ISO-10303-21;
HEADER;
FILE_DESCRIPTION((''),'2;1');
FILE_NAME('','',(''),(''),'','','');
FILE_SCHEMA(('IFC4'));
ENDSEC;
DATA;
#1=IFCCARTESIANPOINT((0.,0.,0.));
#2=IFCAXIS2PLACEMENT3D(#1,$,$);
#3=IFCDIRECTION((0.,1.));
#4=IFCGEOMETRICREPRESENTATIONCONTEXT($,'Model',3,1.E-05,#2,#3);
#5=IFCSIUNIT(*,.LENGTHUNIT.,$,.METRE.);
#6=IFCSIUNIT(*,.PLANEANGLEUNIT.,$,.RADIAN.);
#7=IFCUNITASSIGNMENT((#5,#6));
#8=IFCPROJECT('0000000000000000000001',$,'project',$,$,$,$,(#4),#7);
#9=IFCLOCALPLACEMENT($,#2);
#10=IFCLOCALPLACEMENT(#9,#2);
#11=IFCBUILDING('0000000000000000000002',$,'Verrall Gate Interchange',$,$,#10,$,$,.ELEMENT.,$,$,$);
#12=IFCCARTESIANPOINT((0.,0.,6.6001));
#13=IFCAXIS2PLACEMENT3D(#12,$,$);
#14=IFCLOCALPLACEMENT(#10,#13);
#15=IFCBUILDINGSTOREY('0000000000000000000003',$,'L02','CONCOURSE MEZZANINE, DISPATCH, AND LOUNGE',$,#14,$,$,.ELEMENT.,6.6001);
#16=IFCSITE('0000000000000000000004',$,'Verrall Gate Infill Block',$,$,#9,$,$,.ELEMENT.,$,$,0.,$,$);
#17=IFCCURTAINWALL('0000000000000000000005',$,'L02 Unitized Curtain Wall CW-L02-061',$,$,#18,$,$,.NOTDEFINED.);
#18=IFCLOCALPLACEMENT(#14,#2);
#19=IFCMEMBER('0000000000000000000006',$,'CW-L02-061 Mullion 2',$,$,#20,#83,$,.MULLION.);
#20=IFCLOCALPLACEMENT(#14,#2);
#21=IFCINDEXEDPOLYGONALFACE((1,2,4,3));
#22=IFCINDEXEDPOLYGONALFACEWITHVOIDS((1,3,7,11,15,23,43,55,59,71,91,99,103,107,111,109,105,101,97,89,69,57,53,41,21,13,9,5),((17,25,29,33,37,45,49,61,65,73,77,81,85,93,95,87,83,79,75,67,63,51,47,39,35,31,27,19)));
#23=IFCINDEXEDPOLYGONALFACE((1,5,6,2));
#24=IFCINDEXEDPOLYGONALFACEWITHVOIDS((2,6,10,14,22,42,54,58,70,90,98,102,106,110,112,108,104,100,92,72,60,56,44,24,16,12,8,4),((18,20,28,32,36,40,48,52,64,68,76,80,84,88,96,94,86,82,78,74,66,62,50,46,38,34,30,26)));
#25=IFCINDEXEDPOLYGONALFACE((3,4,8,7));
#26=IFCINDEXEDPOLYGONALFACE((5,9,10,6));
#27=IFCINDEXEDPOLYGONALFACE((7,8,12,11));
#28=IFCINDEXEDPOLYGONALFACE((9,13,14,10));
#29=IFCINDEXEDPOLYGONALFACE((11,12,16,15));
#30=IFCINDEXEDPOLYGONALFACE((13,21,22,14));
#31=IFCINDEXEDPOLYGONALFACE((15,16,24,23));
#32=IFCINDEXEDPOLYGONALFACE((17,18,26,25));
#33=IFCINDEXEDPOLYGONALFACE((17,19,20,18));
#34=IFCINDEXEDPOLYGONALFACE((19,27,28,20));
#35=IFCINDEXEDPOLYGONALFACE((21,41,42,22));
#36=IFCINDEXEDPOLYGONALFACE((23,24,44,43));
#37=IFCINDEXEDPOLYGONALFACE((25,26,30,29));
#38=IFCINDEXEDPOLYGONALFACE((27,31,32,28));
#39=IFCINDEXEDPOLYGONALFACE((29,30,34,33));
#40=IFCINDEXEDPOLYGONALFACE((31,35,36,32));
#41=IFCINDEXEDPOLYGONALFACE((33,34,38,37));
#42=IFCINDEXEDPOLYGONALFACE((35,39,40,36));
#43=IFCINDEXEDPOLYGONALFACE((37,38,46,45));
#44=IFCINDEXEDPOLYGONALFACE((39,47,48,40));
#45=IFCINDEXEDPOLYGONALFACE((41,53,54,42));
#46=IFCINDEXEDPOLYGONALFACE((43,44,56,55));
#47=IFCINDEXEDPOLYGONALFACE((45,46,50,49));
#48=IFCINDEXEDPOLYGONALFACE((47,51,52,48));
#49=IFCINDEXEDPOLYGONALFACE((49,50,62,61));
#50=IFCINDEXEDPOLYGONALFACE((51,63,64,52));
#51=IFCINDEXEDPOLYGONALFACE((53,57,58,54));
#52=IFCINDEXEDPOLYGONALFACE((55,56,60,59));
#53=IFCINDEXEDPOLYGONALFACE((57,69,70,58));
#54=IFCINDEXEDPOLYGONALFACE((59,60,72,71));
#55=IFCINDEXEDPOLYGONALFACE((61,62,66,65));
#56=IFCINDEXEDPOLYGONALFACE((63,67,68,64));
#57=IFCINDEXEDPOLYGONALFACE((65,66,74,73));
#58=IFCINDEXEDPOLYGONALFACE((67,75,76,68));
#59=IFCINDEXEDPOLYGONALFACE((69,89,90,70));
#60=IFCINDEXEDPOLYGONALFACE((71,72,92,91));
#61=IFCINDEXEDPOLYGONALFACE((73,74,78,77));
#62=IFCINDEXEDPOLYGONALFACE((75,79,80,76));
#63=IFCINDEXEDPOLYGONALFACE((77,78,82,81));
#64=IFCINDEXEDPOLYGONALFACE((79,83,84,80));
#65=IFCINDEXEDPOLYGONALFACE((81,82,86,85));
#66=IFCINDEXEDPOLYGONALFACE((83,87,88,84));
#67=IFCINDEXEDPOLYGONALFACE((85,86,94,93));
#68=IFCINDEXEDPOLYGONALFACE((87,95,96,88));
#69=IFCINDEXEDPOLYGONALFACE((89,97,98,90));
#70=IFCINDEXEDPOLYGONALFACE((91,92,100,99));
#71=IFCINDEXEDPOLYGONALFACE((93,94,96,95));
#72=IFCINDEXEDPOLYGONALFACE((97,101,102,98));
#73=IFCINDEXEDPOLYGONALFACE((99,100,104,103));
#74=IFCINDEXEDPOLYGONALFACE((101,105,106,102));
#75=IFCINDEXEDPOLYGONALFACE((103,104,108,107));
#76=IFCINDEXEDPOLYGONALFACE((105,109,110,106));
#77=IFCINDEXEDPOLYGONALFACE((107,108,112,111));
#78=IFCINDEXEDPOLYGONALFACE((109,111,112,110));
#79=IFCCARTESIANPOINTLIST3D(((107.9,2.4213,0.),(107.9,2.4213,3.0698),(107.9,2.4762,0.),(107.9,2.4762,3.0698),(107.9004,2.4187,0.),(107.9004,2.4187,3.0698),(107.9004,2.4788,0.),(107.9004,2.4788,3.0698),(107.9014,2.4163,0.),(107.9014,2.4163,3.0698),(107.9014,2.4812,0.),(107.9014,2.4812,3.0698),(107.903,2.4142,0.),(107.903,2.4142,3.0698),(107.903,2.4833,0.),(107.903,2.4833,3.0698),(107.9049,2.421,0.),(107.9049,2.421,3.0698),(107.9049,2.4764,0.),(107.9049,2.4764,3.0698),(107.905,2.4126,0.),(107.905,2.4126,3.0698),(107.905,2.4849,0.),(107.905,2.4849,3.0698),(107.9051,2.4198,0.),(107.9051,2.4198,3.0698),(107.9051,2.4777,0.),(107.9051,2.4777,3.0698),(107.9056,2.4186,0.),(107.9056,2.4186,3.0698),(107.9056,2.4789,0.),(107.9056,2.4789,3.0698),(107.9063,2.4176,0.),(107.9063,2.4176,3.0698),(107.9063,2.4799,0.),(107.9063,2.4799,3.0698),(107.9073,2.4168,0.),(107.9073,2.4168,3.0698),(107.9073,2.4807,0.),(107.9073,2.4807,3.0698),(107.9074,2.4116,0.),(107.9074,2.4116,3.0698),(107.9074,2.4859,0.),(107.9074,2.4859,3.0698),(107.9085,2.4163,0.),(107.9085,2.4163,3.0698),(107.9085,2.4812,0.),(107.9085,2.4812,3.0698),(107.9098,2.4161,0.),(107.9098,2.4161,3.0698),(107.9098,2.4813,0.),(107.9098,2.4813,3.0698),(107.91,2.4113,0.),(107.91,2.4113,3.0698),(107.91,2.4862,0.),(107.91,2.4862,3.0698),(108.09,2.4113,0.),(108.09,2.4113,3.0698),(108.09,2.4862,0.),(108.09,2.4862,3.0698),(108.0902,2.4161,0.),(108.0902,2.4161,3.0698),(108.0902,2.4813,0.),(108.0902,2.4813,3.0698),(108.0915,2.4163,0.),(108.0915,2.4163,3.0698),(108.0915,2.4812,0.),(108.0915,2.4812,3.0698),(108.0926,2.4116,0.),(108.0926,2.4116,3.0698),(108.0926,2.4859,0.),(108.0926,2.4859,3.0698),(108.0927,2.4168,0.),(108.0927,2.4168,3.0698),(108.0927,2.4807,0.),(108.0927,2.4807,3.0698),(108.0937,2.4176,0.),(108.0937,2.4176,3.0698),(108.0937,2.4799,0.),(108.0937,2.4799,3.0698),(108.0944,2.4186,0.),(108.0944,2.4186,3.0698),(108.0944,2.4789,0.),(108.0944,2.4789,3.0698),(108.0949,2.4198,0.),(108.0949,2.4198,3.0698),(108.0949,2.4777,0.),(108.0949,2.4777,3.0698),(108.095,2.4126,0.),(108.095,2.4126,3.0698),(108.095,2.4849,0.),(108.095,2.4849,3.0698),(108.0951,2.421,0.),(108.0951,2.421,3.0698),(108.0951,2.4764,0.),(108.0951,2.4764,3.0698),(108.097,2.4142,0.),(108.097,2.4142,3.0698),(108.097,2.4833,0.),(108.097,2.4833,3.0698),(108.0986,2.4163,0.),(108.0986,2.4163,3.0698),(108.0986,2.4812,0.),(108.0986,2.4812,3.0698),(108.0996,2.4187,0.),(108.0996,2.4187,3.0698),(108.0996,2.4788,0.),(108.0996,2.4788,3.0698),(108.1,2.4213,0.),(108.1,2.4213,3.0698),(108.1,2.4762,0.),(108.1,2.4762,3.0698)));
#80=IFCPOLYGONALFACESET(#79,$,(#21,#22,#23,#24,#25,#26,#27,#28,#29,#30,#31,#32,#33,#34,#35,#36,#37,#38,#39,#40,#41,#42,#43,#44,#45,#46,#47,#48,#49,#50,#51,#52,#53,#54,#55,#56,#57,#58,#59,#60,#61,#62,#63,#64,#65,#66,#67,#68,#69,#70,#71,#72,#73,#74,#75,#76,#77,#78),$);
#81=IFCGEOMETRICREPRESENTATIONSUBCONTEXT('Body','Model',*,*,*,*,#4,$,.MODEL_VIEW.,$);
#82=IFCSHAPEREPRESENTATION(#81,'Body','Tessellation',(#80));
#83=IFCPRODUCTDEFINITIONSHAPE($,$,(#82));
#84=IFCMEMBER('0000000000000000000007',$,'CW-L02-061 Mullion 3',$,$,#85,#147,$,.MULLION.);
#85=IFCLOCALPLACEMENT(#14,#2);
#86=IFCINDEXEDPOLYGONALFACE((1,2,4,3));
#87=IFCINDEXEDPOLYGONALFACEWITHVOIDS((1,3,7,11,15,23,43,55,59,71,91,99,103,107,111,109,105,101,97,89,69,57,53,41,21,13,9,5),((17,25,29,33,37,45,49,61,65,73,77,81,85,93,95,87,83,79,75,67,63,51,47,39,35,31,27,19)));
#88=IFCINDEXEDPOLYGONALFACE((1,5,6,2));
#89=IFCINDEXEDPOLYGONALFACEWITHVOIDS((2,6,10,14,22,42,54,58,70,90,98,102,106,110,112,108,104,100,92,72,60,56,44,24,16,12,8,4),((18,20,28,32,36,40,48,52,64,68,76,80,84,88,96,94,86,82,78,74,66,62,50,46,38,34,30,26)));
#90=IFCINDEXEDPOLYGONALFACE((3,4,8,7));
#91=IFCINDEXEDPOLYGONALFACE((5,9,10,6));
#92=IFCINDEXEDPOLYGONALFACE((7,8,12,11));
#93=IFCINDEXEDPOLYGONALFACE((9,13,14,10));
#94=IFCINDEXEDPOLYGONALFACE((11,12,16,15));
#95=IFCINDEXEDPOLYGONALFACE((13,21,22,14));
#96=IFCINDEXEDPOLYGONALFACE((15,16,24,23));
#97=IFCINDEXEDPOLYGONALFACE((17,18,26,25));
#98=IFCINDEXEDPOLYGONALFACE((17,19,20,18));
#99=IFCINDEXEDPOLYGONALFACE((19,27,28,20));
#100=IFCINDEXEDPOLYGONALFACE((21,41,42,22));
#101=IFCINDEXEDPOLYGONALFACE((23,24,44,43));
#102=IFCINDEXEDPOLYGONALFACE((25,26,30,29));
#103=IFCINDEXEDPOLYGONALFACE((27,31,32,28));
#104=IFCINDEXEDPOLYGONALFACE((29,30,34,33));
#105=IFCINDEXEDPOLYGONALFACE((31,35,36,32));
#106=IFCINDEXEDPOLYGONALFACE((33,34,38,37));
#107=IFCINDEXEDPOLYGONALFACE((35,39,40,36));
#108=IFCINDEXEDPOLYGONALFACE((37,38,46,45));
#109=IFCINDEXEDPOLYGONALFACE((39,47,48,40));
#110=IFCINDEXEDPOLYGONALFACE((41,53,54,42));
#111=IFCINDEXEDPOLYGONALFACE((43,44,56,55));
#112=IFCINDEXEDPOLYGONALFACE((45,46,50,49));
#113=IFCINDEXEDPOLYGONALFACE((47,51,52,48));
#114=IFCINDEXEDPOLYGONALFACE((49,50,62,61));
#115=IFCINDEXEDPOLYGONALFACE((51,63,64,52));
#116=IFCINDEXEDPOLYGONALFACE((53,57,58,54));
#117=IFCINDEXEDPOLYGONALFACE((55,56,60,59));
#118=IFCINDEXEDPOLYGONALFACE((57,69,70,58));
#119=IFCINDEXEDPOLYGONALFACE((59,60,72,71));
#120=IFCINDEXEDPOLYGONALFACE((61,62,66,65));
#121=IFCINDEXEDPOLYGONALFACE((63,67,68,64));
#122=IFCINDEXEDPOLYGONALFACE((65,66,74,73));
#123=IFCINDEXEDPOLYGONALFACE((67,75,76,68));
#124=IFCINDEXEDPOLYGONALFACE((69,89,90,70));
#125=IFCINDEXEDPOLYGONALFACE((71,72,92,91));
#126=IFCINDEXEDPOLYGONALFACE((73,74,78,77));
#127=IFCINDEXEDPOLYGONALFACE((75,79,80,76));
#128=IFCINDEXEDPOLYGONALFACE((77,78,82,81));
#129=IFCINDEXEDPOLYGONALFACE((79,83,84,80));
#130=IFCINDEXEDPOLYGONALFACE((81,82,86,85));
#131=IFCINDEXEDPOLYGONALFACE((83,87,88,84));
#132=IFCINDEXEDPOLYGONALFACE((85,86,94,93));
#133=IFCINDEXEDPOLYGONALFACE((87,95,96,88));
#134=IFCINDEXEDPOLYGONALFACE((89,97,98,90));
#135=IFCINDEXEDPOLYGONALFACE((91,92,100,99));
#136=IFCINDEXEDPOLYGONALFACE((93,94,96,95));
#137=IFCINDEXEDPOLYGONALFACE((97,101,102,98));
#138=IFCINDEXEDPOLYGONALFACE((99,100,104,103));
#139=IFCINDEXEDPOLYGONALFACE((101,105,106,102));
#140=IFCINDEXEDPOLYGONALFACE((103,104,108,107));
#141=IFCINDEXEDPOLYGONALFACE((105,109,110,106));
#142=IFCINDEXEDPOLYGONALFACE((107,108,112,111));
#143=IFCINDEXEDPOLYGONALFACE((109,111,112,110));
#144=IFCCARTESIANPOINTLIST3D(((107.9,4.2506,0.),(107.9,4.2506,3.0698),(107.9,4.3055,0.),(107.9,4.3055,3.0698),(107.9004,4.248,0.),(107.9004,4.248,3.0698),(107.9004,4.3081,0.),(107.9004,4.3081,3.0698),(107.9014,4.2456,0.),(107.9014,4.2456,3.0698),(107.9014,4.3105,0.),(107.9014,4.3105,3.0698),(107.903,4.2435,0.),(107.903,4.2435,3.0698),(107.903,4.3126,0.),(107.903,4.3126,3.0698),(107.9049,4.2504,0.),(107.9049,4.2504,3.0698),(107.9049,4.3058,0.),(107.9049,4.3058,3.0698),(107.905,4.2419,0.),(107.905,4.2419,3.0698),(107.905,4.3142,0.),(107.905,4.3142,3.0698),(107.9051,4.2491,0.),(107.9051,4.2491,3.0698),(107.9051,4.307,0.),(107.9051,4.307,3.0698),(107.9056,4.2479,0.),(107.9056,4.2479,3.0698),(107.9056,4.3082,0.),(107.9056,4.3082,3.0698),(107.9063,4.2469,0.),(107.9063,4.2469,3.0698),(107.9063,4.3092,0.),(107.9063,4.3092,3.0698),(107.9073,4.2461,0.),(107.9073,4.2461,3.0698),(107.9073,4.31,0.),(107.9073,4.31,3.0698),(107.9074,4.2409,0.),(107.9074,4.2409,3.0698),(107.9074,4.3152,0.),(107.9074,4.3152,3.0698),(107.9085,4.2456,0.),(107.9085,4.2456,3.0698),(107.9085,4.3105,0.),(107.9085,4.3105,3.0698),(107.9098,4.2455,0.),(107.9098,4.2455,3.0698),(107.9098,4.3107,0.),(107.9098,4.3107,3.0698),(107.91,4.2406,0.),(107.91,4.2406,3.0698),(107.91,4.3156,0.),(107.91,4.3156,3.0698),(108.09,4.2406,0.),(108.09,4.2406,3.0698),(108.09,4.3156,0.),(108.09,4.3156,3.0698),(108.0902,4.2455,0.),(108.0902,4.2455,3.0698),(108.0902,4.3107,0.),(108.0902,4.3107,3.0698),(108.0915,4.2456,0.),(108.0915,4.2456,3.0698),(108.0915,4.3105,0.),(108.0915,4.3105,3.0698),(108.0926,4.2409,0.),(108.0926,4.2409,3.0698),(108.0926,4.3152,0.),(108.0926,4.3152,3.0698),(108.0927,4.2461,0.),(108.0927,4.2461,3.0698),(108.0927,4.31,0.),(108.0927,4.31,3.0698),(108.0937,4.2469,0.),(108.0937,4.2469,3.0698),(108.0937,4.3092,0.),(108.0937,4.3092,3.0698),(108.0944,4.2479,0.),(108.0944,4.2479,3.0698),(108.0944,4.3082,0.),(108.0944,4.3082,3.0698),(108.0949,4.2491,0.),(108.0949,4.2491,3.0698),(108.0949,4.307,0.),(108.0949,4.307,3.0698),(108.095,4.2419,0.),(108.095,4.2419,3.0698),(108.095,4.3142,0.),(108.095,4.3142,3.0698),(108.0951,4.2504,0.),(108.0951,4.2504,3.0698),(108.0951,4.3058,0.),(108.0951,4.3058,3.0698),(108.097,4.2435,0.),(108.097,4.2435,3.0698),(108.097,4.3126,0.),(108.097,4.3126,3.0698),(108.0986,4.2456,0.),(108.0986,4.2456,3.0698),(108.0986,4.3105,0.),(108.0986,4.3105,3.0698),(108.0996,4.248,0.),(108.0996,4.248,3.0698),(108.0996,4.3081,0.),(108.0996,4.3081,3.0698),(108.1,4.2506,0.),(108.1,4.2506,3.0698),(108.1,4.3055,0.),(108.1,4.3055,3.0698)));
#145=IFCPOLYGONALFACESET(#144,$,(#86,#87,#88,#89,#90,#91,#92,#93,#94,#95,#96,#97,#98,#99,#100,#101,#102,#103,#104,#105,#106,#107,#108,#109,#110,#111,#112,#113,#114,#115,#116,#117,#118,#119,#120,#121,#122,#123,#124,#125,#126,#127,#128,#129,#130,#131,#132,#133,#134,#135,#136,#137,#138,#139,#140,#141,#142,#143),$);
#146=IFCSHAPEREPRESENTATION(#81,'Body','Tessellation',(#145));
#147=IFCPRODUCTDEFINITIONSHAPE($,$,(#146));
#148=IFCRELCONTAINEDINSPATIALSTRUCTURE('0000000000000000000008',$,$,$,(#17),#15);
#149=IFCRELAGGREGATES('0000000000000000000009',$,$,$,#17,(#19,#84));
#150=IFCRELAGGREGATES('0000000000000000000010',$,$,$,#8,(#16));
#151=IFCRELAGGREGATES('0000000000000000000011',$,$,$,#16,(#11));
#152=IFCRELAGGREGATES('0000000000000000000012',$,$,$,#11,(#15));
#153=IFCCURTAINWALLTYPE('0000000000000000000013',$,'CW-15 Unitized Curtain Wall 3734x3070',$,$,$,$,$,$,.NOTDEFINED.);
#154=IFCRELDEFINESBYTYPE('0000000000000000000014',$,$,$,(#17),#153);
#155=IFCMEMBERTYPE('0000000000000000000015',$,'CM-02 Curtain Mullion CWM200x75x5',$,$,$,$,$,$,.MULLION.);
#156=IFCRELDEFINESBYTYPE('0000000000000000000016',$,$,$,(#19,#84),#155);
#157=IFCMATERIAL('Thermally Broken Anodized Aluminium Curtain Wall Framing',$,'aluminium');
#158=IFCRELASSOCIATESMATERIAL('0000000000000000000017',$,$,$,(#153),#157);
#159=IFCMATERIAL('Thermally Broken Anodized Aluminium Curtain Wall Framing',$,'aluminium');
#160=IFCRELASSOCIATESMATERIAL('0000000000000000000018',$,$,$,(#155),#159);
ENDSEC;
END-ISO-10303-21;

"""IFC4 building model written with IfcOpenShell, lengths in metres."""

from ifc_helpers import new_model, si_unit, direction, frame, origin, origin_2d, place, context, subcontext, project, spatial, hollow_rectangle, extrude, material, material_profile, profile_set, type_object, element, aggregate, save


model = new_model("IFC4")

# Units and contexts
model_context = context("Model", 3, precision=1e-05, world=origin(), true_north=direction((0.0, 1.0)))
body_context = subcontext(model_context, "Body", "Model", "MODEL_VIEW")
ifc_project = project(units=[si_unit("LENGTHUNIT", "METRE"), si_unit("PLANEANGLEUNIT", "RADIAN")], contexts=[model_context])

# Site, building, storey
site_placement = place(None, origin())
site = spatial("IfcSite", under=ifc_project, at=site_placement, Name="Verrall Gate Infill Block", CompositionType="ELEMENT", RefElevation=0.0)
building_placement = place(site_placement, origin())
building = spatial("IfcBuilding", under=site, at=building_placement, Name="Verrall Gate Interchange", CompositionType="ELEMENT")
storey_placement = place(building_placement, frame((0.0, 0.0, 6.6001)))
storey = spatial("IfcBuildingStorey", under=building, at=storey_placement, Name="L02", Description="CONCOURSE MEZZANINE, DISPATCH, AND LOUNGE", CompositionType="ELEMENT", Elevation=6.6001)

# Curtain wall, members
ifc_material_1 = material(Name="Thermally Broken Anodized Aluminium Curtain Wall Framing", Category="aluminium")
curtain_wall_type_1 = type_object("IfcCurtainWallType", Name="CW-15 Unitized Curtain Wall 3734x3070", PredefinedType="NOTDEFINED", material=ifc_material_1)
curtain_wall_1_placement = place(storey_placement, origin())
curtain_wall_1 = element("IfcCurtainWall", 1, at=curtain_wall_1_placement, inside=storey, type_object=curtain_wall_type_1, Name="L02 Unitized Curtain Wall CW-L02-061", PredefinedType="NOTDEFINED")
ifc_material_2 = material(Name="Thermally Broken Anodized Aluminium Curtain Wall Framing", Category="aluminium")
ifc_material_profile_1 = material_profile(ifc_material_2, hollow_rectangle(XDim=0.075, YDim=0.2, WallThickness=0.0049, InnerFilletRadius=0.0049, OuterFilletRadius=0.01, at=origin_2d()), Name="CWM200x75x5")
ifc_profile_set_1 = profile_set([ifc_material_profile_1], Name="Thermally Broken Anodized Aluminium Curtain Wall Framing")
member_type_1 = type_object("IfcMemberType", Name="CM-02 Curtain Mullion CWM200x75x5", PredefinedType="MULLION", material=ifc_profile_set_1)
member_1_placement = place(storey_placement, frame((108.0, 2.4487, 0.0), z_axis=(0.0, 0.0, 1.0), x_axis=(0.0, 1.0, 0.0)))
member_1 = element("IfcMember", 2, at=member_1_placement, type_object=member_type_1, Name="CW-L02-061 Mullion 2", PredefinedType="MULLION", context=body_context, shape_type="SweptSolid", body=[
    extrude(hollow_rectangle(XDim=0.075, YDim=0.2, WallThickness=0.0049, InnerFilletRadius=0.0049, OuterFilletRadius=0.01, at=origin_2d()), origin(), (0.0, 0.0, 1.0), 3.0698),
])
member_2_placement = place(storey_placement, frame((108.0, 4.2781, 0.0), z_axis=(0.0, 0.0, 1.0), x_axis=(0.0, 1.0, 0.0)))
member_2 = element("IfcMember", 3, at=member_2_placement, type_object=member_type_1, Name="CW-L02-061 Mullion 3", PredefinedType="MULLION", context=body_context, shape_type="SweptSolid", body=[
    extrude(hollow_rectangle(XDim=0.075, YDim=0.2, WallThickness=0.0049, InnerFilletRadius=0.0049, OuterFilletRadius=0.01, at=origin_2d()), origin(), (0.0, 0.0, 1.0), 3.0698),
])

aggregate(curtain_wall_1, [member_1, member_2])

save(model, "model.ifc")
